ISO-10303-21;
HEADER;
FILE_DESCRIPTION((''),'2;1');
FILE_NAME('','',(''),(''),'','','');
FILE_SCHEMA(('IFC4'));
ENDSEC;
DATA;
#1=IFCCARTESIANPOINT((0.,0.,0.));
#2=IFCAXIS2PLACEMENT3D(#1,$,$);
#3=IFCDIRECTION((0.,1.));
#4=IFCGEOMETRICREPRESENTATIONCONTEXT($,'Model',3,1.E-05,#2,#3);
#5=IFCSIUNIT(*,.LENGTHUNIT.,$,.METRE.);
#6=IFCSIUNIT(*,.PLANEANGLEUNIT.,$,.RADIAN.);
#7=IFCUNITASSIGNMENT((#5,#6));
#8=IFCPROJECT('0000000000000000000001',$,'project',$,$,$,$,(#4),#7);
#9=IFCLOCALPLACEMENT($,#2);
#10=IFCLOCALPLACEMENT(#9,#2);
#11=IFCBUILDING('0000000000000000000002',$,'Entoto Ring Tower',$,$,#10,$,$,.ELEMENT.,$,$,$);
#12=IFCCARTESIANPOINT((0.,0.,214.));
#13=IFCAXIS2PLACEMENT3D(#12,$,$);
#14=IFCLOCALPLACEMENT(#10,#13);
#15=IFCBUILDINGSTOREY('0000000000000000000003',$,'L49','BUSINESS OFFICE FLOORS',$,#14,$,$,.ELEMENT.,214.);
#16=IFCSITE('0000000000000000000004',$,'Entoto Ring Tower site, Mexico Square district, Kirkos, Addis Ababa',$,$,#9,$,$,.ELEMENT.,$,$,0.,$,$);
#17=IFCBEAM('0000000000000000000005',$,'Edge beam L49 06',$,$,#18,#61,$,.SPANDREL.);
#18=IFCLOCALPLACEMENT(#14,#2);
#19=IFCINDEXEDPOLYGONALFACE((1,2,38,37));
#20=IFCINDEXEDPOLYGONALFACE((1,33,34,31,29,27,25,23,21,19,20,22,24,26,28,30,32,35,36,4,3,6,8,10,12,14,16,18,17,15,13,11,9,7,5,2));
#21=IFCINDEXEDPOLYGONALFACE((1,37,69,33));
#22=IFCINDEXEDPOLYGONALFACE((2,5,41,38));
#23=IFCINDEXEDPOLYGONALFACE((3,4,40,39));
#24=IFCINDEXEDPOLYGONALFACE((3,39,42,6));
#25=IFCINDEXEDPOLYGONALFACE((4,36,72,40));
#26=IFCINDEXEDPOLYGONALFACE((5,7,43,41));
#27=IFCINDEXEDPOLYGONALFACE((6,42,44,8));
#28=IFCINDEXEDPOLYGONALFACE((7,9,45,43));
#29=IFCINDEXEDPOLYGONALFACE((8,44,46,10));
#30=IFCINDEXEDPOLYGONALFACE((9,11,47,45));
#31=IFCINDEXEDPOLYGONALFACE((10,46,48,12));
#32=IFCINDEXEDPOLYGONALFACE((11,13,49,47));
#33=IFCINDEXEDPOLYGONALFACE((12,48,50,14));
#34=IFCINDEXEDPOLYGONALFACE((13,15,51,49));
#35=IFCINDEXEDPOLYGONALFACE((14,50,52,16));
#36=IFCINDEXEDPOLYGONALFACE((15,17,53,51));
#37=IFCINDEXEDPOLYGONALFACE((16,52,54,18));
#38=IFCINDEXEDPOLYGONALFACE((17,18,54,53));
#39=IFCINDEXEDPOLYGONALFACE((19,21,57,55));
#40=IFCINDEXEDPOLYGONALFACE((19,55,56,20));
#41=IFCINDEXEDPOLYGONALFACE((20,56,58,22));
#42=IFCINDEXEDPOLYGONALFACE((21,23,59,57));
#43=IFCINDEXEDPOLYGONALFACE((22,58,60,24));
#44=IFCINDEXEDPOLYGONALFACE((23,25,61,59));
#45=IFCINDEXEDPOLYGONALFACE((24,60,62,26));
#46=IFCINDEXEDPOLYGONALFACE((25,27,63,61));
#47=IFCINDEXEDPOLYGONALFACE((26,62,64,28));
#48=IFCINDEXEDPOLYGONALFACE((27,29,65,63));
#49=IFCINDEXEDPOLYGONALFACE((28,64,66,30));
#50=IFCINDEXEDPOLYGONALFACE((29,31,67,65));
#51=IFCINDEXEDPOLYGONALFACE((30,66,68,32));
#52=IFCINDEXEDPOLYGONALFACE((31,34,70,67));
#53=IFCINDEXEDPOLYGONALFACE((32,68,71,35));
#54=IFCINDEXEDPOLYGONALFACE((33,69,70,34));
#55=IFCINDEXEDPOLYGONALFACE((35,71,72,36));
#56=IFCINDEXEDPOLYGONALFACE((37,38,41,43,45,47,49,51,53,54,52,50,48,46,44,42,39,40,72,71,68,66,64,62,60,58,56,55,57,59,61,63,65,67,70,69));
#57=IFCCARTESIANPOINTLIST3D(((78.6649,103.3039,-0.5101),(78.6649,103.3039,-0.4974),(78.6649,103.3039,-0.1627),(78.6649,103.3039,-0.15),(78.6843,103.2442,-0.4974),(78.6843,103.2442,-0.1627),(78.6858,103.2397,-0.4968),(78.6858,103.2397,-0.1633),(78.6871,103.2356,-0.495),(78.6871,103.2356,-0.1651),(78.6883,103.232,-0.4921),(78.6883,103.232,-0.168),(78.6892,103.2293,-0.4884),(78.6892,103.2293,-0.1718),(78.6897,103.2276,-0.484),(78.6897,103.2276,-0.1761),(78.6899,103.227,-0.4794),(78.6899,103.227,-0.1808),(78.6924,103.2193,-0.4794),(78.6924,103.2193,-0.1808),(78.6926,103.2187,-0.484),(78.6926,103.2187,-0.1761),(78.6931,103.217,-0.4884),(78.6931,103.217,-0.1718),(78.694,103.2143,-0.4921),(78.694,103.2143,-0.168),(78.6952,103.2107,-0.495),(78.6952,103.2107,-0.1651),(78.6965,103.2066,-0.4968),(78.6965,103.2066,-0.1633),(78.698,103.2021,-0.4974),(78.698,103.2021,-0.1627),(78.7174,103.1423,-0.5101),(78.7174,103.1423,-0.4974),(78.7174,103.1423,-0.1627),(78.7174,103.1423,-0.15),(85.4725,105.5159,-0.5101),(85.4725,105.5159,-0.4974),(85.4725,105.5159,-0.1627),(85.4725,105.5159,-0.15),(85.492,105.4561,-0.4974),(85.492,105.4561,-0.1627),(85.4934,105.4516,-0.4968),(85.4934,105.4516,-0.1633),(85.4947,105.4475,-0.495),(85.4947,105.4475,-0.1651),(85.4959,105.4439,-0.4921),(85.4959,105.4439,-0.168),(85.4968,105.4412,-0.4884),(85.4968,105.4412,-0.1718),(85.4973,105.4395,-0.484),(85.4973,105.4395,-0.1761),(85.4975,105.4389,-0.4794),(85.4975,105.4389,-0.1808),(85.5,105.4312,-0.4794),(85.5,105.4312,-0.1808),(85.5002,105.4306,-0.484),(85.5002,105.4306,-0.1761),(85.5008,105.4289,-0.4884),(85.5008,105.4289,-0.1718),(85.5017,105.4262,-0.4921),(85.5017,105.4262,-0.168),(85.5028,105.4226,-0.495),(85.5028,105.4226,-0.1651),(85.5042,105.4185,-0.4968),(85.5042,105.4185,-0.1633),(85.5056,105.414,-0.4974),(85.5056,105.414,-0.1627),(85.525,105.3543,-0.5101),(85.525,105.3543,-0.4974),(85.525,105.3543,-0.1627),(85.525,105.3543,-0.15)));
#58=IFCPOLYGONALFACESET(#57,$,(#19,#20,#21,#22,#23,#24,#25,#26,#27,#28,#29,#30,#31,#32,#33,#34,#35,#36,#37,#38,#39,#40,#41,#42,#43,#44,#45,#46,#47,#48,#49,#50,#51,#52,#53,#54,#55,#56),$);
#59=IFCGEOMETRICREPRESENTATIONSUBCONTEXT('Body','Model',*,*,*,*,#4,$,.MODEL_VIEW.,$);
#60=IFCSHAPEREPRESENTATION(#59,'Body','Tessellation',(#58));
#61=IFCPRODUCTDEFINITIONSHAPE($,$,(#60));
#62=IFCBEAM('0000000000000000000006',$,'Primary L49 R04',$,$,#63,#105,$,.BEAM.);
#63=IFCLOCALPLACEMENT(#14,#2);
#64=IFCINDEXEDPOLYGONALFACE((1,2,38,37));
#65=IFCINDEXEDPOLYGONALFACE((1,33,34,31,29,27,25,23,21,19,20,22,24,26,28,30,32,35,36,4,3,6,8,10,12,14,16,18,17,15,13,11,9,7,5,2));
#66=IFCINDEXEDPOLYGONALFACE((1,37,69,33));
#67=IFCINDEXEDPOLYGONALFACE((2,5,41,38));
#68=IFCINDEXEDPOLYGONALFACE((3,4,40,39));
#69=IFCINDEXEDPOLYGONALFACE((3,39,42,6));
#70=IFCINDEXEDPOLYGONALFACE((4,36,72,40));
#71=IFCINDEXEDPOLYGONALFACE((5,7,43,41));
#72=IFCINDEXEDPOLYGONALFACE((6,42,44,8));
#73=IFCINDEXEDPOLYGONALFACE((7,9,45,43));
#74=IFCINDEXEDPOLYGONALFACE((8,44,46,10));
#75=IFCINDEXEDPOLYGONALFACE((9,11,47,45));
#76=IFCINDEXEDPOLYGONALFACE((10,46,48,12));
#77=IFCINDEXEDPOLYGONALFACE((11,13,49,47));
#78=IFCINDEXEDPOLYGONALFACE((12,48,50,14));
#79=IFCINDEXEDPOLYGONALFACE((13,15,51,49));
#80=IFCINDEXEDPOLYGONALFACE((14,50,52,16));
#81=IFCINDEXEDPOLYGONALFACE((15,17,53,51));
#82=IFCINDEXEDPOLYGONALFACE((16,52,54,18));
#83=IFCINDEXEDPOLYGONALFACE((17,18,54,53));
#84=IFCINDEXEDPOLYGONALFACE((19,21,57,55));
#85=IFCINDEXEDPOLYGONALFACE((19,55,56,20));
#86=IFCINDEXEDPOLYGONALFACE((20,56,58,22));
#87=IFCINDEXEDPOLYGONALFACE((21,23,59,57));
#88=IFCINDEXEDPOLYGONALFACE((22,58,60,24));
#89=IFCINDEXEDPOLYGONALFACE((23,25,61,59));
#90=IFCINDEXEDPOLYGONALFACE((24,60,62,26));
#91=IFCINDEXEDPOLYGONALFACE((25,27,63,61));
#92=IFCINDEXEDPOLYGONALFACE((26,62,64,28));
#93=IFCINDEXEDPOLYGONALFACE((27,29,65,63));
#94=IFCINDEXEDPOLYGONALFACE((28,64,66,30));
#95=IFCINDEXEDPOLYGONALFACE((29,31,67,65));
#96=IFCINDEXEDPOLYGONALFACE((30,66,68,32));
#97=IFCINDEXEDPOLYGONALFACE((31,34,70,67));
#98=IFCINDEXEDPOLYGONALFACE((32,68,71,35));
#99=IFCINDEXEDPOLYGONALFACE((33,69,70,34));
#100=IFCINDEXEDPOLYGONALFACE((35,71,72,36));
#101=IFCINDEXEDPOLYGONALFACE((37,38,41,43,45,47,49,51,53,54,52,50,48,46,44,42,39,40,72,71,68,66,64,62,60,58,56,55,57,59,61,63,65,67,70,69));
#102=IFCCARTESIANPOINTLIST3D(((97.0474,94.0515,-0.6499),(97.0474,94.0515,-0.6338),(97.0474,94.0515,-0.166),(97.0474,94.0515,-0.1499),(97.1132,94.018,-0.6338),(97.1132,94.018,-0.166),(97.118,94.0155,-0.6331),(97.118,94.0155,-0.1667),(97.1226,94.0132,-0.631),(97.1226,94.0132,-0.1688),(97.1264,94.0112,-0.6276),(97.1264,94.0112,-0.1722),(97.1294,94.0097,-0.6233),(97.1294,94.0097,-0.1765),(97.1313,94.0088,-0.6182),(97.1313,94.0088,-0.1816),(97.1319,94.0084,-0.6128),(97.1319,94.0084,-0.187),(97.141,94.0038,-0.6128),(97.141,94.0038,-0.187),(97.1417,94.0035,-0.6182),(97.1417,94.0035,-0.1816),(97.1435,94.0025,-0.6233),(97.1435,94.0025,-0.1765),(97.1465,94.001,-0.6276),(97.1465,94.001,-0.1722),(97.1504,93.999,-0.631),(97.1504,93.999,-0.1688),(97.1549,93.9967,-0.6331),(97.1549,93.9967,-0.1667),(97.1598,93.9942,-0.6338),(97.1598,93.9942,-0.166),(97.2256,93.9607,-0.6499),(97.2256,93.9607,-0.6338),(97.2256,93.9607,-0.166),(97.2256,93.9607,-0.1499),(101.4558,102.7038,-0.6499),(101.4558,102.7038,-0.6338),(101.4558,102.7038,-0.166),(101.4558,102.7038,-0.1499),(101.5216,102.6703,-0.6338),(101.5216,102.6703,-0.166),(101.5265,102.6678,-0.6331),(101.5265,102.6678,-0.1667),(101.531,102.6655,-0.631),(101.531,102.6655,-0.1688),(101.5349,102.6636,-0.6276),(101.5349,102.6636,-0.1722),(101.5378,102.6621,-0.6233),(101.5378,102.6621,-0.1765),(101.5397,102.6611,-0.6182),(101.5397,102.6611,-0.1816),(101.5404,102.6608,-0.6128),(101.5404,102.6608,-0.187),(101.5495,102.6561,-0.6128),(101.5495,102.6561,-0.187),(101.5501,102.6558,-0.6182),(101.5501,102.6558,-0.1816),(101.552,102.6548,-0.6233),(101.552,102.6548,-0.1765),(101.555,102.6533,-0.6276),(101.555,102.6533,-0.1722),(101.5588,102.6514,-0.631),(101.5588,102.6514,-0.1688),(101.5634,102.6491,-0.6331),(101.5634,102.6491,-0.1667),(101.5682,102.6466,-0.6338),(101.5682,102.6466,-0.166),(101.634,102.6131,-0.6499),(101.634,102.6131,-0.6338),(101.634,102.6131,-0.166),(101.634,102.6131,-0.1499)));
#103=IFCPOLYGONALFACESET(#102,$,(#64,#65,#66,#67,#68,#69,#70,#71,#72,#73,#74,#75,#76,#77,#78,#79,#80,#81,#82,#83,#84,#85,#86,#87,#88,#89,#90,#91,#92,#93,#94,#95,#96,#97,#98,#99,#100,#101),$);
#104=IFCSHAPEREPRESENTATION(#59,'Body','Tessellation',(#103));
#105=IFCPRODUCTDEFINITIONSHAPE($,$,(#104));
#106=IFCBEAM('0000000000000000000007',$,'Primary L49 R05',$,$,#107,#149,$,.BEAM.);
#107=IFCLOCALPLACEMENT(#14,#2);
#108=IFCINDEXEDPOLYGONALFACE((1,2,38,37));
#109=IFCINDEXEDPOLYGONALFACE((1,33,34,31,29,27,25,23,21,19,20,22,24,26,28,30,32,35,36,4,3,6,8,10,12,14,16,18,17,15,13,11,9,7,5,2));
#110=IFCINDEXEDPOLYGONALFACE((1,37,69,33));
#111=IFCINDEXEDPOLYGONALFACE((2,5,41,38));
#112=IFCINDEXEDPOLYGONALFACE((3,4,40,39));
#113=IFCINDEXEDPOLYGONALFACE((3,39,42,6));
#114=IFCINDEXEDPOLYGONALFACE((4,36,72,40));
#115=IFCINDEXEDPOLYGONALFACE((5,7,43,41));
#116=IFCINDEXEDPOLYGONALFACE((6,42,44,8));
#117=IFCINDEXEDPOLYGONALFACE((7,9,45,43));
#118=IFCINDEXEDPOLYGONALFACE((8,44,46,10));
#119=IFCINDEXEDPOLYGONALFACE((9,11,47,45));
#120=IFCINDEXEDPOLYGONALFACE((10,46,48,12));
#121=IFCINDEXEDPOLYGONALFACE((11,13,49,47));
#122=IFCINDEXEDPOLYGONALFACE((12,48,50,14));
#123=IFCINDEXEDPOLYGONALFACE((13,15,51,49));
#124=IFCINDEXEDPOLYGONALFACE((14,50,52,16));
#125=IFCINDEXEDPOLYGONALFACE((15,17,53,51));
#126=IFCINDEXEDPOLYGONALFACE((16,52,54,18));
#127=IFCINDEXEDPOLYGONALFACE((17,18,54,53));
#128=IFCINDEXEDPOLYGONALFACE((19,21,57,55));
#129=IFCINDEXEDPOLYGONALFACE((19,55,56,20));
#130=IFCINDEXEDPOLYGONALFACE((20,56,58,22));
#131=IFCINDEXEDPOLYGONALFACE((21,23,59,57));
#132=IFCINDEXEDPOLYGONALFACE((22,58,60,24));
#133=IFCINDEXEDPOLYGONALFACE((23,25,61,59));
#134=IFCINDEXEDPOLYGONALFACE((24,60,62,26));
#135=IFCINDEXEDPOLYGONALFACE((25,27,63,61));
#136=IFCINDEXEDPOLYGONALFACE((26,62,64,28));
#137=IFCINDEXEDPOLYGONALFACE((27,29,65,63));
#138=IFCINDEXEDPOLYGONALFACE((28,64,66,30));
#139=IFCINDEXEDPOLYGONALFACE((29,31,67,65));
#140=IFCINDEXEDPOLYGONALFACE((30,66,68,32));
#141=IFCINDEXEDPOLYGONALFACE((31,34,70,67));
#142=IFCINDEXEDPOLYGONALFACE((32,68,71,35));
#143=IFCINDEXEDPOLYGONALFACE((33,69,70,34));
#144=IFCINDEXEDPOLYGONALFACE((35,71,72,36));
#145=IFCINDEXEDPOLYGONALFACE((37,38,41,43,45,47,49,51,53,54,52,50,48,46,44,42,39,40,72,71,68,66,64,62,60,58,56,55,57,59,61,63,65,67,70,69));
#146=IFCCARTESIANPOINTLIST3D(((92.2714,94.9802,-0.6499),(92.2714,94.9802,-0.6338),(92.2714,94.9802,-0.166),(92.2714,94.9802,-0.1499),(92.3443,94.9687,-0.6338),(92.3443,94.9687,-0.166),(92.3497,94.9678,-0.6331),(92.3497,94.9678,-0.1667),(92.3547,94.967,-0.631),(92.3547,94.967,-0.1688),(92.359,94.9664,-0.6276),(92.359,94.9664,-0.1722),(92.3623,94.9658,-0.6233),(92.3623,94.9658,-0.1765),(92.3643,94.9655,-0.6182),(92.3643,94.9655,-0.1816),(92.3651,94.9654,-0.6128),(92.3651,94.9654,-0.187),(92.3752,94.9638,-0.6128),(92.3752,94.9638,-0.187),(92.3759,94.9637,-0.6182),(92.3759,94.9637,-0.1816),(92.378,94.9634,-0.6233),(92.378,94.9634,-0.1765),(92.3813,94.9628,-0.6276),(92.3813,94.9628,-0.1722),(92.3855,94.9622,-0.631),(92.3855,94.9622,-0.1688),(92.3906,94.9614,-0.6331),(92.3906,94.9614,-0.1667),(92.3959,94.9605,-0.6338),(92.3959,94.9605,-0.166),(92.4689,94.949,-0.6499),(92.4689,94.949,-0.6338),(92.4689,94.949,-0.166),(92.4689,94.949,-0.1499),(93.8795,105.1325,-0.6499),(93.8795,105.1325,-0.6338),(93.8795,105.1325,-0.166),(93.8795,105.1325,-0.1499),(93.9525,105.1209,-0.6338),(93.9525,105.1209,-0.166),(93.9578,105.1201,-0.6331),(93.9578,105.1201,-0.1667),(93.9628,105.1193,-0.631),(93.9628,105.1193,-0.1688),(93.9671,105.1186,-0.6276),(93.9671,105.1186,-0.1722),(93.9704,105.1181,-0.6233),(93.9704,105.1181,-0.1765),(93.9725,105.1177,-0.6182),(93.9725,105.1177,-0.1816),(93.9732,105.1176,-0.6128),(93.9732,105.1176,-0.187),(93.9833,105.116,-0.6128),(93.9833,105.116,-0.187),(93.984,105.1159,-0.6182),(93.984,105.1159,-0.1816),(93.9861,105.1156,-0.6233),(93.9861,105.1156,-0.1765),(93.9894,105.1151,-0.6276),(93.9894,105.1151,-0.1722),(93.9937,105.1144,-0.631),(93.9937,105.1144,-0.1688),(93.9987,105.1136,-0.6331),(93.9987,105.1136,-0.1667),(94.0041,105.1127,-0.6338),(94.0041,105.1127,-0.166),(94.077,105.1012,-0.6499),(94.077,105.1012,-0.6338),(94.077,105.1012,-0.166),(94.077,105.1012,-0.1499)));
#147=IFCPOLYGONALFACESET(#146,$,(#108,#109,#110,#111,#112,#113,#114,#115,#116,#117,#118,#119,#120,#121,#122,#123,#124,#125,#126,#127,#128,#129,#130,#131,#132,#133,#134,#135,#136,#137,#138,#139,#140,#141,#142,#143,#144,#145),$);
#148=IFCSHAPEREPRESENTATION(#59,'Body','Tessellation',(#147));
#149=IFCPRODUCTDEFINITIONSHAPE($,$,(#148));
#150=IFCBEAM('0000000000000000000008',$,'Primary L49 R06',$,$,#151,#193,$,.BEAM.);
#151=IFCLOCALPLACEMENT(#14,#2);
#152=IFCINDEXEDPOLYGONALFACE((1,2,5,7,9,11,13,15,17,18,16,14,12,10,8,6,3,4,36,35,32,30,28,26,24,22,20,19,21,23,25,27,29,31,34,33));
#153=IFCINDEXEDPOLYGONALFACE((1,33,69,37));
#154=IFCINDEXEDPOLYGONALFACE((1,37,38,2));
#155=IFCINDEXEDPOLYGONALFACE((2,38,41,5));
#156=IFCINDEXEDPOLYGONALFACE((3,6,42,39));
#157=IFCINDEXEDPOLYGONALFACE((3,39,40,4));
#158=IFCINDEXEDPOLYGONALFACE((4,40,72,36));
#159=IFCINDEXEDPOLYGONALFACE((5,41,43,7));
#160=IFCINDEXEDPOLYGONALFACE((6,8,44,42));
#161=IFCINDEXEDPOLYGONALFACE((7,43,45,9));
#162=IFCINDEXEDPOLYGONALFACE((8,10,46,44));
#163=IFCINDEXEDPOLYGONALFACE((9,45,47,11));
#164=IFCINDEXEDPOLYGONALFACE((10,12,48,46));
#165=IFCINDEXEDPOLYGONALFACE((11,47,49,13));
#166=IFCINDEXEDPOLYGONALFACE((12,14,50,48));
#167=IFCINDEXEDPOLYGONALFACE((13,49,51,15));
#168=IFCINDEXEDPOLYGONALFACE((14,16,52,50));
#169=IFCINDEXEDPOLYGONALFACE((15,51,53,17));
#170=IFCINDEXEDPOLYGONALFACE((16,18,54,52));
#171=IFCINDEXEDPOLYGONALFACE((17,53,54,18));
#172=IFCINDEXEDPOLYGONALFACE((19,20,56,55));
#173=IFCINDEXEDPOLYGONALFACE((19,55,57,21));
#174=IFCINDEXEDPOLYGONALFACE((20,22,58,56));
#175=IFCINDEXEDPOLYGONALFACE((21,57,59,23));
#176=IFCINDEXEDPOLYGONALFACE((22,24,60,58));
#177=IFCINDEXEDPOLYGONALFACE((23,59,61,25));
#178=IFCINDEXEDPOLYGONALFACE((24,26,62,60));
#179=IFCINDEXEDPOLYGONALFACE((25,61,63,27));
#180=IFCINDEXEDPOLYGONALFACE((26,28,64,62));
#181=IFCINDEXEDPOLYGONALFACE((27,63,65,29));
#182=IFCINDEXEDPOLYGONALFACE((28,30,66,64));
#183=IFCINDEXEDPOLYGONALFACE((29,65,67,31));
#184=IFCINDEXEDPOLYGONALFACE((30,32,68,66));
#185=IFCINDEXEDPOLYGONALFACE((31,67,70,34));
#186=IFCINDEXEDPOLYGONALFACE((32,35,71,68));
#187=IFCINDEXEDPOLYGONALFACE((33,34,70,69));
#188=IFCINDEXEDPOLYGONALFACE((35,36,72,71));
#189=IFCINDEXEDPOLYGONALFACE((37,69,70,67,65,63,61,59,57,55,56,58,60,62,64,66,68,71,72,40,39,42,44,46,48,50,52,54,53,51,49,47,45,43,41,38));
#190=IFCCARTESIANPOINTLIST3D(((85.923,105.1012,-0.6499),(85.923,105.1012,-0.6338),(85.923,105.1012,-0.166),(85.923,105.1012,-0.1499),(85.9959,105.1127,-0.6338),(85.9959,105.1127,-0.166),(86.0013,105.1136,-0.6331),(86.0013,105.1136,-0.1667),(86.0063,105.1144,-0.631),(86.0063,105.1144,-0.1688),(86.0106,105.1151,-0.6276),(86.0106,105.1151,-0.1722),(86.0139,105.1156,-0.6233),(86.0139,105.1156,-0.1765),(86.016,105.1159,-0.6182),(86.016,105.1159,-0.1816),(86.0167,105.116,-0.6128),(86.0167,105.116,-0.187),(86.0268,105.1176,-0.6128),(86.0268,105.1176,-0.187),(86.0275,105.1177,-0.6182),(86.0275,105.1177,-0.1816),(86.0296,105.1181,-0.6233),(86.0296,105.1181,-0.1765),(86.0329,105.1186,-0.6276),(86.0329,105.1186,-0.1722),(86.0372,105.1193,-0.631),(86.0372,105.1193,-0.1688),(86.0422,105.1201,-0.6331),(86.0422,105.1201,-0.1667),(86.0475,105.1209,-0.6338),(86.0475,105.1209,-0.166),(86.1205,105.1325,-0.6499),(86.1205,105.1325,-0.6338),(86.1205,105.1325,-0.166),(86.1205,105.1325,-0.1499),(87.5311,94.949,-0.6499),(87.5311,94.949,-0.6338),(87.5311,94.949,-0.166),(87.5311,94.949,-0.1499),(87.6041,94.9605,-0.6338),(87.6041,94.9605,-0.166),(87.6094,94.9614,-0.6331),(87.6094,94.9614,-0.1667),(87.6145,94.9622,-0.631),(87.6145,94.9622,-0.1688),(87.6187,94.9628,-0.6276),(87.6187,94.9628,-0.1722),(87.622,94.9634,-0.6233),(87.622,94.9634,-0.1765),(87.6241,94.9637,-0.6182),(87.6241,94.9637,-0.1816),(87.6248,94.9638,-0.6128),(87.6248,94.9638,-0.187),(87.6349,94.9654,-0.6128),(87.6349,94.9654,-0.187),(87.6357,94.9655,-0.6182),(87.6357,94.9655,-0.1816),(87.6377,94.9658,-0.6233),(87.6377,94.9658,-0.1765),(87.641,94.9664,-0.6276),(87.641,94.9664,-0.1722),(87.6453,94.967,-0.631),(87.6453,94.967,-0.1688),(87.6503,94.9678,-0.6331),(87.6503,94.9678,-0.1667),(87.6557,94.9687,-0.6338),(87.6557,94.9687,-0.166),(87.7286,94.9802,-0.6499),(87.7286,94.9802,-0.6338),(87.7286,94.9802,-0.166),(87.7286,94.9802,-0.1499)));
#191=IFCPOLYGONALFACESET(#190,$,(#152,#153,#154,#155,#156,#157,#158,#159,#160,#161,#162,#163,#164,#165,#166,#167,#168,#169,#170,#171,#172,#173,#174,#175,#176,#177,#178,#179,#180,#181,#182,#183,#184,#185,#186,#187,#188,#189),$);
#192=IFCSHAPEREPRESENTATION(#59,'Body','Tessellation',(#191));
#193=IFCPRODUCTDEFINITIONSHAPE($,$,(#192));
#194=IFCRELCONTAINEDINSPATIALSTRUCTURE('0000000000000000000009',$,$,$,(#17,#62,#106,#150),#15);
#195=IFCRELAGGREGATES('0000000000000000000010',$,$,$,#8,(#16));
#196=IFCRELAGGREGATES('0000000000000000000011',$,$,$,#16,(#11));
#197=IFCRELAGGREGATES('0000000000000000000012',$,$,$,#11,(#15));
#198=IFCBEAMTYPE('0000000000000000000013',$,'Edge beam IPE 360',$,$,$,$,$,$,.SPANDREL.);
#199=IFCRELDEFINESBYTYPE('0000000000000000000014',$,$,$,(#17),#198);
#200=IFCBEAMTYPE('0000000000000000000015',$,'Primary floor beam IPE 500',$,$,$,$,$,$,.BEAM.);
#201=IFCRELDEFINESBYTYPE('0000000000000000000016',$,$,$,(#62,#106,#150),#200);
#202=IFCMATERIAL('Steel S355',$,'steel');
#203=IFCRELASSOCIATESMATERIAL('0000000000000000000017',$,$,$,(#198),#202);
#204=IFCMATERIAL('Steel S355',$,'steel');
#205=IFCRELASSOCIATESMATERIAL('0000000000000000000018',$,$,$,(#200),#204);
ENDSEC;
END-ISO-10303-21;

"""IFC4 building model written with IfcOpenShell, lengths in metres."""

from ifc_helpers import new_model, si_unit, direction, frame, origin, origin_2d, place, context, subcontext, project, spatial, i_section, extrude, material, material_profile, profile_set, type_object, element, save


model = new_model("IFC4")

# Units and contexts
model_context = context("Model", 3, precision=1e-05, world=origin(), true_north=direction((0.0, 1.0)))
body_context = subcontext(model_context, "Body", "Model", "MODEL_VIEW")
ifc_project = project(units=[si_unit("LENGTHUNIT", "METRE"), si_unit("PLANEANGLEUNIT", "RADIAN")], contexts=[model_context])

# Site, building, storey
site_placement = place(None, origin())
site = spatial("IfcSite", under=ifc_project, at=site_placement, Name="Entoto Ring Tower site, Mexico Square district, Kirkos, Addis Ababa", CompositionType="ELEMENT", RefElevation=0.0)
building_placement = place(site_placement, origin())
building = spatial("IfcBuilding", under=site, at=building_placement, Name="Entoto Ring Tower", CompositionType="ELEMENT")
storey_placement = place(building_placement, frame((0.0, 0.0, 214.0)))
storey = spatial("IfcBuildingStorey", under=building, at=storey_placement, Name="L49", Description="BUSINESS OFFICE FLOORS", CompositionType="ELEMENT", Elevation=214.0)

# Beams
ifc_material_1 = material(Name="Steel S355", Category="steel")
ifc_material_profile_1 = material_profile(ifc_material_1, i_section(OverallWidth=0.1699, OverallDepth=0.3601, WebThickness=0.0081, FlangeThickness=0.0127, FilletRadius=0.0181, at=origin_2d()), Name="IPE 360")
ifc_profile_set_1 = profile_set([ifc_material_profile_1], Name="Steel S355")
beam_type_1 = type_object("IfcBeamType", Name="Edge beam IPE 360", PredefinedType="SPANDREL", material=ifc_profile_set_1)
beam_1_placement = place(storey_placement, frame((85.4988, 105.4351, -0.3301), z_axis=(-0.951057, -0.309015, 0.0), x_axis=(0.309015, -0.951057, 0.0)))
element("IfcBeam", 1, at=beam_1_placement, inside=storey, type_object=beam_type_1, Name="Edge beam L49 06", PredefinedType="SPANDREL", context=body_context, shape_type="SweptSolid", body=[
    extrude(i_section(OverallWidth=0.1699, OverallDepth=0.3601, WebThickness=0.0081, FlangeThickness=0.0127, FilletRadius=0.0181, at=origin_2d()), origin(), (0.0, 0.0, 1.0), 7.158),
])
ifc_material_2 = material(Name="Steel S355", Category="steel")
ifc_material_profile_2 = material_profile(ifc_material_2, i_section(OverallWidth=0.2, OverallDepth=0.5, WebThickness=0.0103, FlangeThickness=0.0161, FilletRadius=0.021, at=origin_2d()), Name="IPE 500")
ifc_profile_set_2 = profile_set([ifc_material_profile_2], Name="Steel S355")
beam_type_2 = type_object("IfcBeamType", Name="Primary floor beam IPE 500", PredefinedType="BEAM", material=ifc_profile_set_2)
beam_2_placement = place(storey_placement, frame((97.1365, 94.0061, -0.3999), z_axis=(0.453979, 0.891012, 0.0), x_axis=(-0.891012, 0.453979, 0.0)))
element("IfcBeam", 2, at=beam_2_placement, inside=storey, type_object=beam_type_2, Name="Primary L49 R04", PredefinedType="BEAM", context=body_context, shape_type="SweptSolid", body=[
    extrude(i_section(OverallWidth=0.2, OverallDepth=0.5, WebThickness=0.0103, FlangeThickness=0.0161, FilletRadius=0.021, at=origin_2d()), origin(), (0.0, 0.0, 1.0), 9.7107),
])
for number, where, z_axis, x_axis, name in (
    (3, (92.3701, 94.9646, -0.3999), (0.156452, 0.987686, 0.0), (-0.987686, 0.156452, 0.0), "Primary L49 R05"),
    (4, (87.6299, 94.9646, -0.3999), (-0.156452, 0.987686, 0.0), (-0.987686, -0.156452, 0.0), "Primary L49 R06"),
):
    element("IfcBeam", number, at=place(storey_placement, frame(where, z_axis=z_axis, x_axis=x_axis)), inside=storey, type_object=beam_type_2, Name=name, PredefinedType="BEAM", context=body_context, shape_type="SweptSolid", body=[
        extrude(i_section(OverallWidth=0.2, OverallDepth=0.5, WebThickness=0.0103, FlangeThickness=0.0161, FilletRadius=0.021, at=origin_2d()), origin(), (0.0, 0.0, 1.0), 10.2788),
    ])

save(model, "model.ifc")
